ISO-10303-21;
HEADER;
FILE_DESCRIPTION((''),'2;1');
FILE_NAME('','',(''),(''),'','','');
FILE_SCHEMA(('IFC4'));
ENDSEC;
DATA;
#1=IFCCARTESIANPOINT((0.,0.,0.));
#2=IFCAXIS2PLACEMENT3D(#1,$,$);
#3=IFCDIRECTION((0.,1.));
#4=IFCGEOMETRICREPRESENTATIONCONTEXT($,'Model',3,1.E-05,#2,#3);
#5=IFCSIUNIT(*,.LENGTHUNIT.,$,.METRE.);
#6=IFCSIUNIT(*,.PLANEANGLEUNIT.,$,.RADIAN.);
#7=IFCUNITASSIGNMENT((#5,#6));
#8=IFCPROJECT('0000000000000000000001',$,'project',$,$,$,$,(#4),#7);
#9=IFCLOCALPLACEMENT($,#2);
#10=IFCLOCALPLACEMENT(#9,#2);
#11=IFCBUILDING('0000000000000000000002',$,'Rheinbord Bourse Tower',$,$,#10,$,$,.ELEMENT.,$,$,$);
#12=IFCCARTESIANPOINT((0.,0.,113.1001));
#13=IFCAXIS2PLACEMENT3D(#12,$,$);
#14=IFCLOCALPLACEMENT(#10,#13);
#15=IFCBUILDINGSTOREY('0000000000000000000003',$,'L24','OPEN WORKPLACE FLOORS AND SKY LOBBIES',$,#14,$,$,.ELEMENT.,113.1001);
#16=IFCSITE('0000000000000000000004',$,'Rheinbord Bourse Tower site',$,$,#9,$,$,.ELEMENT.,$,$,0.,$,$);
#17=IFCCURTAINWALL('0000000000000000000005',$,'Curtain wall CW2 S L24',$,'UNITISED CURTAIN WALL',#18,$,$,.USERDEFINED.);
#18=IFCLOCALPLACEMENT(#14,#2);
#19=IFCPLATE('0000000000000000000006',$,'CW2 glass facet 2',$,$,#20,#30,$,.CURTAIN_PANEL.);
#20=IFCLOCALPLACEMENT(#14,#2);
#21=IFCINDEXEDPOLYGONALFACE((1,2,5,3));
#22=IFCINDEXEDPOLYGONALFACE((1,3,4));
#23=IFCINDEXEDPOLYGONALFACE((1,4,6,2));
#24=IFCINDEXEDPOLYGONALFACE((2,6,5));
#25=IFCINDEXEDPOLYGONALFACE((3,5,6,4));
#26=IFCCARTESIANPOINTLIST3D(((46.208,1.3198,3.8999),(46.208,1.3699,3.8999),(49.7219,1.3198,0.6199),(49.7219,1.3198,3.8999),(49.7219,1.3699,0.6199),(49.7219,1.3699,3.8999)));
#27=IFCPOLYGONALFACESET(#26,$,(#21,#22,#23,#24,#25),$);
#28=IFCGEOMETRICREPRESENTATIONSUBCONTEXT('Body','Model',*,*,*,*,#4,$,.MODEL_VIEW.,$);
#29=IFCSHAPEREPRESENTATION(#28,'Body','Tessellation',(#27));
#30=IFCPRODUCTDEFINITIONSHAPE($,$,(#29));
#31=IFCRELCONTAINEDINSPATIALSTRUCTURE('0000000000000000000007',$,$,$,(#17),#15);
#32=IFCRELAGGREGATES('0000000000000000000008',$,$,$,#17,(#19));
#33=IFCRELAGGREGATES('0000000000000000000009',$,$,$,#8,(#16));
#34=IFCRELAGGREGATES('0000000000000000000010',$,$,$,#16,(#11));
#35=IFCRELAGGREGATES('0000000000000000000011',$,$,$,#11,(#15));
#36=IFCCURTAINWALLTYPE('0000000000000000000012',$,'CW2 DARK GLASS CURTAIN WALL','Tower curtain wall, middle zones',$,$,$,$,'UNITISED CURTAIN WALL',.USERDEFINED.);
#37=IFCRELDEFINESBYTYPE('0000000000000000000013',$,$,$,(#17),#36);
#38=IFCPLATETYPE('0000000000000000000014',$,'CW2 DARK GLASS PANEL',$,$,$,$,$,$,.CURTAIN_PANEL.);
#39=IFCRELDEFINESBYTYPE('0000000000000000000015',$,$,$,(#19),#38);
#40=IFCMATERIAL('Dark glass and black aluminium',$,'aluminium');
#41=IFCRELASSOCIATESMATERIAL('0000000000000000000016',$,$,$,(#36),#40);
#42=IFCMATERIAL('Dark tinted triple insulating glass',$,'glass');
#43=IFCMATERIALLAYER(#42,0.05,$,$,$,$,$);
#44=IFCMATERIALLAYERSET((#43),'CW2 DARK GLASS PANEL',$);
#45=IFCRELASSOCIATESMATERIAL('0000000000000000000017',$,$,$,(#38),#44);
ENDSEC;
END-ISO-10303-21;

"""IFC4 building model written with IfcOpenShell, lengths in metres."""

from ifc_helpers import new_model, si_unit, direction, frame, origin, place, context, subcontext, project, spatial, polyline, outline, extrude, material, layer, layer_set, type_object, element, aggregate, save


model = new_model("IFC4")

# Units and contexts
model_context = context("Model", 3, precision=1e-05, world=origin(), true_north=direction((0.0, 1.0)))
body_context = subcontext(model_context, "Body", "Model", "MODEL_VIEW")
ifc_project = project(units=[si_unit("LENGTHUNIT", "METRE"), si_unit("PLANEANGLEUNIT", "RADIAN")], contexts=[model_context])

# Site, building, storey
site_placement = place(None, origin())
site = spatial("IfcSite", under=ifc_project, at=site_placement, Name="Rheinbord Bourse Tower site", CompositionType="ELEMENT", RefElevation=0.0)
building_placement = place(site_placement, origin())
building = spatial("IfcBuilding", under=site, at=building_placement, Name="Rheinbord Bourse Tower", CompositionType="ELEMENT")
storey_placement = place(building_placement, frame((0.0, 0.0, 113.1001)))
storey = spatial("IfcBuildingStorey", under=building, at=storey_placement, Name="L24", Description="OPEN WORKPLACE FLOORS AND SKY LOBBIES", CompositionType="ELEMENT", Elevation=113.1001)

# Curtain wall
ifc_material_1 = material(Name="Dark glass and black aluminium", Category="aluminium")
curtain_wall_type = type_object("IfcCurtainWallType", Name="CW2 DARK GLASS CURTAIN WALL", Description="Tower curtain wall, middle zones", ElementType="UNITISED CURTAIN WALL", PredefinedType="USERDEFINED", material=ifc_material_1)
curtain_wall_placement = place(storey_placement, origin())
curtain_wall = element("IfcCurtainWall", 1, at=curtain_wall_placement, inside=storey, type_object=curtain_wall_type, Name="Curtain wall CW2 S L24", ObjectType="UNITISED CURTAIN WALL", PredefinedType="USERDEFINED")

# Plate
ifc_material_2 = material(Name="Dark tinted triple insulating glass", Category="glass")
ifc_layer = layer(ifc_material_2, 0.05)
ifc_layer_set = layer_set([ifc_layer], Name="CW2 DARK GLASS PANEL")
plate_type = type_object("IfcPlateType", Name="CW2 DARK GLASS PANEL", PredefinedType="CURTAIN_PANEL", material=ifc_layer_set)
plate_1_placement = place(storey_placement, frame((49.7219, 1.3198, 3.8999), z_axis=(0.0, 1.0, 0.0), x_axis=(0.0, 0.0, -1.0)))
plate_1 = element("IfcPlate", 2, at=plate_1_placement, type_object=plate_type, Name="CW2 glass facet 2", PredefinedType="CURTAIN_PANEL", context=body_context, shape_type="SweptSolid", body=[
    extrude(outline(polyline([(0.0, 0.0), (3.28, 0.0), (0.0, 3.5139), (0.0, 0.0)])), origin(), (0.0, 0.0, 1.0), 0.05),
])
aggregate(curtain_wall, [plate_1])

save(model, "model.ifc")
